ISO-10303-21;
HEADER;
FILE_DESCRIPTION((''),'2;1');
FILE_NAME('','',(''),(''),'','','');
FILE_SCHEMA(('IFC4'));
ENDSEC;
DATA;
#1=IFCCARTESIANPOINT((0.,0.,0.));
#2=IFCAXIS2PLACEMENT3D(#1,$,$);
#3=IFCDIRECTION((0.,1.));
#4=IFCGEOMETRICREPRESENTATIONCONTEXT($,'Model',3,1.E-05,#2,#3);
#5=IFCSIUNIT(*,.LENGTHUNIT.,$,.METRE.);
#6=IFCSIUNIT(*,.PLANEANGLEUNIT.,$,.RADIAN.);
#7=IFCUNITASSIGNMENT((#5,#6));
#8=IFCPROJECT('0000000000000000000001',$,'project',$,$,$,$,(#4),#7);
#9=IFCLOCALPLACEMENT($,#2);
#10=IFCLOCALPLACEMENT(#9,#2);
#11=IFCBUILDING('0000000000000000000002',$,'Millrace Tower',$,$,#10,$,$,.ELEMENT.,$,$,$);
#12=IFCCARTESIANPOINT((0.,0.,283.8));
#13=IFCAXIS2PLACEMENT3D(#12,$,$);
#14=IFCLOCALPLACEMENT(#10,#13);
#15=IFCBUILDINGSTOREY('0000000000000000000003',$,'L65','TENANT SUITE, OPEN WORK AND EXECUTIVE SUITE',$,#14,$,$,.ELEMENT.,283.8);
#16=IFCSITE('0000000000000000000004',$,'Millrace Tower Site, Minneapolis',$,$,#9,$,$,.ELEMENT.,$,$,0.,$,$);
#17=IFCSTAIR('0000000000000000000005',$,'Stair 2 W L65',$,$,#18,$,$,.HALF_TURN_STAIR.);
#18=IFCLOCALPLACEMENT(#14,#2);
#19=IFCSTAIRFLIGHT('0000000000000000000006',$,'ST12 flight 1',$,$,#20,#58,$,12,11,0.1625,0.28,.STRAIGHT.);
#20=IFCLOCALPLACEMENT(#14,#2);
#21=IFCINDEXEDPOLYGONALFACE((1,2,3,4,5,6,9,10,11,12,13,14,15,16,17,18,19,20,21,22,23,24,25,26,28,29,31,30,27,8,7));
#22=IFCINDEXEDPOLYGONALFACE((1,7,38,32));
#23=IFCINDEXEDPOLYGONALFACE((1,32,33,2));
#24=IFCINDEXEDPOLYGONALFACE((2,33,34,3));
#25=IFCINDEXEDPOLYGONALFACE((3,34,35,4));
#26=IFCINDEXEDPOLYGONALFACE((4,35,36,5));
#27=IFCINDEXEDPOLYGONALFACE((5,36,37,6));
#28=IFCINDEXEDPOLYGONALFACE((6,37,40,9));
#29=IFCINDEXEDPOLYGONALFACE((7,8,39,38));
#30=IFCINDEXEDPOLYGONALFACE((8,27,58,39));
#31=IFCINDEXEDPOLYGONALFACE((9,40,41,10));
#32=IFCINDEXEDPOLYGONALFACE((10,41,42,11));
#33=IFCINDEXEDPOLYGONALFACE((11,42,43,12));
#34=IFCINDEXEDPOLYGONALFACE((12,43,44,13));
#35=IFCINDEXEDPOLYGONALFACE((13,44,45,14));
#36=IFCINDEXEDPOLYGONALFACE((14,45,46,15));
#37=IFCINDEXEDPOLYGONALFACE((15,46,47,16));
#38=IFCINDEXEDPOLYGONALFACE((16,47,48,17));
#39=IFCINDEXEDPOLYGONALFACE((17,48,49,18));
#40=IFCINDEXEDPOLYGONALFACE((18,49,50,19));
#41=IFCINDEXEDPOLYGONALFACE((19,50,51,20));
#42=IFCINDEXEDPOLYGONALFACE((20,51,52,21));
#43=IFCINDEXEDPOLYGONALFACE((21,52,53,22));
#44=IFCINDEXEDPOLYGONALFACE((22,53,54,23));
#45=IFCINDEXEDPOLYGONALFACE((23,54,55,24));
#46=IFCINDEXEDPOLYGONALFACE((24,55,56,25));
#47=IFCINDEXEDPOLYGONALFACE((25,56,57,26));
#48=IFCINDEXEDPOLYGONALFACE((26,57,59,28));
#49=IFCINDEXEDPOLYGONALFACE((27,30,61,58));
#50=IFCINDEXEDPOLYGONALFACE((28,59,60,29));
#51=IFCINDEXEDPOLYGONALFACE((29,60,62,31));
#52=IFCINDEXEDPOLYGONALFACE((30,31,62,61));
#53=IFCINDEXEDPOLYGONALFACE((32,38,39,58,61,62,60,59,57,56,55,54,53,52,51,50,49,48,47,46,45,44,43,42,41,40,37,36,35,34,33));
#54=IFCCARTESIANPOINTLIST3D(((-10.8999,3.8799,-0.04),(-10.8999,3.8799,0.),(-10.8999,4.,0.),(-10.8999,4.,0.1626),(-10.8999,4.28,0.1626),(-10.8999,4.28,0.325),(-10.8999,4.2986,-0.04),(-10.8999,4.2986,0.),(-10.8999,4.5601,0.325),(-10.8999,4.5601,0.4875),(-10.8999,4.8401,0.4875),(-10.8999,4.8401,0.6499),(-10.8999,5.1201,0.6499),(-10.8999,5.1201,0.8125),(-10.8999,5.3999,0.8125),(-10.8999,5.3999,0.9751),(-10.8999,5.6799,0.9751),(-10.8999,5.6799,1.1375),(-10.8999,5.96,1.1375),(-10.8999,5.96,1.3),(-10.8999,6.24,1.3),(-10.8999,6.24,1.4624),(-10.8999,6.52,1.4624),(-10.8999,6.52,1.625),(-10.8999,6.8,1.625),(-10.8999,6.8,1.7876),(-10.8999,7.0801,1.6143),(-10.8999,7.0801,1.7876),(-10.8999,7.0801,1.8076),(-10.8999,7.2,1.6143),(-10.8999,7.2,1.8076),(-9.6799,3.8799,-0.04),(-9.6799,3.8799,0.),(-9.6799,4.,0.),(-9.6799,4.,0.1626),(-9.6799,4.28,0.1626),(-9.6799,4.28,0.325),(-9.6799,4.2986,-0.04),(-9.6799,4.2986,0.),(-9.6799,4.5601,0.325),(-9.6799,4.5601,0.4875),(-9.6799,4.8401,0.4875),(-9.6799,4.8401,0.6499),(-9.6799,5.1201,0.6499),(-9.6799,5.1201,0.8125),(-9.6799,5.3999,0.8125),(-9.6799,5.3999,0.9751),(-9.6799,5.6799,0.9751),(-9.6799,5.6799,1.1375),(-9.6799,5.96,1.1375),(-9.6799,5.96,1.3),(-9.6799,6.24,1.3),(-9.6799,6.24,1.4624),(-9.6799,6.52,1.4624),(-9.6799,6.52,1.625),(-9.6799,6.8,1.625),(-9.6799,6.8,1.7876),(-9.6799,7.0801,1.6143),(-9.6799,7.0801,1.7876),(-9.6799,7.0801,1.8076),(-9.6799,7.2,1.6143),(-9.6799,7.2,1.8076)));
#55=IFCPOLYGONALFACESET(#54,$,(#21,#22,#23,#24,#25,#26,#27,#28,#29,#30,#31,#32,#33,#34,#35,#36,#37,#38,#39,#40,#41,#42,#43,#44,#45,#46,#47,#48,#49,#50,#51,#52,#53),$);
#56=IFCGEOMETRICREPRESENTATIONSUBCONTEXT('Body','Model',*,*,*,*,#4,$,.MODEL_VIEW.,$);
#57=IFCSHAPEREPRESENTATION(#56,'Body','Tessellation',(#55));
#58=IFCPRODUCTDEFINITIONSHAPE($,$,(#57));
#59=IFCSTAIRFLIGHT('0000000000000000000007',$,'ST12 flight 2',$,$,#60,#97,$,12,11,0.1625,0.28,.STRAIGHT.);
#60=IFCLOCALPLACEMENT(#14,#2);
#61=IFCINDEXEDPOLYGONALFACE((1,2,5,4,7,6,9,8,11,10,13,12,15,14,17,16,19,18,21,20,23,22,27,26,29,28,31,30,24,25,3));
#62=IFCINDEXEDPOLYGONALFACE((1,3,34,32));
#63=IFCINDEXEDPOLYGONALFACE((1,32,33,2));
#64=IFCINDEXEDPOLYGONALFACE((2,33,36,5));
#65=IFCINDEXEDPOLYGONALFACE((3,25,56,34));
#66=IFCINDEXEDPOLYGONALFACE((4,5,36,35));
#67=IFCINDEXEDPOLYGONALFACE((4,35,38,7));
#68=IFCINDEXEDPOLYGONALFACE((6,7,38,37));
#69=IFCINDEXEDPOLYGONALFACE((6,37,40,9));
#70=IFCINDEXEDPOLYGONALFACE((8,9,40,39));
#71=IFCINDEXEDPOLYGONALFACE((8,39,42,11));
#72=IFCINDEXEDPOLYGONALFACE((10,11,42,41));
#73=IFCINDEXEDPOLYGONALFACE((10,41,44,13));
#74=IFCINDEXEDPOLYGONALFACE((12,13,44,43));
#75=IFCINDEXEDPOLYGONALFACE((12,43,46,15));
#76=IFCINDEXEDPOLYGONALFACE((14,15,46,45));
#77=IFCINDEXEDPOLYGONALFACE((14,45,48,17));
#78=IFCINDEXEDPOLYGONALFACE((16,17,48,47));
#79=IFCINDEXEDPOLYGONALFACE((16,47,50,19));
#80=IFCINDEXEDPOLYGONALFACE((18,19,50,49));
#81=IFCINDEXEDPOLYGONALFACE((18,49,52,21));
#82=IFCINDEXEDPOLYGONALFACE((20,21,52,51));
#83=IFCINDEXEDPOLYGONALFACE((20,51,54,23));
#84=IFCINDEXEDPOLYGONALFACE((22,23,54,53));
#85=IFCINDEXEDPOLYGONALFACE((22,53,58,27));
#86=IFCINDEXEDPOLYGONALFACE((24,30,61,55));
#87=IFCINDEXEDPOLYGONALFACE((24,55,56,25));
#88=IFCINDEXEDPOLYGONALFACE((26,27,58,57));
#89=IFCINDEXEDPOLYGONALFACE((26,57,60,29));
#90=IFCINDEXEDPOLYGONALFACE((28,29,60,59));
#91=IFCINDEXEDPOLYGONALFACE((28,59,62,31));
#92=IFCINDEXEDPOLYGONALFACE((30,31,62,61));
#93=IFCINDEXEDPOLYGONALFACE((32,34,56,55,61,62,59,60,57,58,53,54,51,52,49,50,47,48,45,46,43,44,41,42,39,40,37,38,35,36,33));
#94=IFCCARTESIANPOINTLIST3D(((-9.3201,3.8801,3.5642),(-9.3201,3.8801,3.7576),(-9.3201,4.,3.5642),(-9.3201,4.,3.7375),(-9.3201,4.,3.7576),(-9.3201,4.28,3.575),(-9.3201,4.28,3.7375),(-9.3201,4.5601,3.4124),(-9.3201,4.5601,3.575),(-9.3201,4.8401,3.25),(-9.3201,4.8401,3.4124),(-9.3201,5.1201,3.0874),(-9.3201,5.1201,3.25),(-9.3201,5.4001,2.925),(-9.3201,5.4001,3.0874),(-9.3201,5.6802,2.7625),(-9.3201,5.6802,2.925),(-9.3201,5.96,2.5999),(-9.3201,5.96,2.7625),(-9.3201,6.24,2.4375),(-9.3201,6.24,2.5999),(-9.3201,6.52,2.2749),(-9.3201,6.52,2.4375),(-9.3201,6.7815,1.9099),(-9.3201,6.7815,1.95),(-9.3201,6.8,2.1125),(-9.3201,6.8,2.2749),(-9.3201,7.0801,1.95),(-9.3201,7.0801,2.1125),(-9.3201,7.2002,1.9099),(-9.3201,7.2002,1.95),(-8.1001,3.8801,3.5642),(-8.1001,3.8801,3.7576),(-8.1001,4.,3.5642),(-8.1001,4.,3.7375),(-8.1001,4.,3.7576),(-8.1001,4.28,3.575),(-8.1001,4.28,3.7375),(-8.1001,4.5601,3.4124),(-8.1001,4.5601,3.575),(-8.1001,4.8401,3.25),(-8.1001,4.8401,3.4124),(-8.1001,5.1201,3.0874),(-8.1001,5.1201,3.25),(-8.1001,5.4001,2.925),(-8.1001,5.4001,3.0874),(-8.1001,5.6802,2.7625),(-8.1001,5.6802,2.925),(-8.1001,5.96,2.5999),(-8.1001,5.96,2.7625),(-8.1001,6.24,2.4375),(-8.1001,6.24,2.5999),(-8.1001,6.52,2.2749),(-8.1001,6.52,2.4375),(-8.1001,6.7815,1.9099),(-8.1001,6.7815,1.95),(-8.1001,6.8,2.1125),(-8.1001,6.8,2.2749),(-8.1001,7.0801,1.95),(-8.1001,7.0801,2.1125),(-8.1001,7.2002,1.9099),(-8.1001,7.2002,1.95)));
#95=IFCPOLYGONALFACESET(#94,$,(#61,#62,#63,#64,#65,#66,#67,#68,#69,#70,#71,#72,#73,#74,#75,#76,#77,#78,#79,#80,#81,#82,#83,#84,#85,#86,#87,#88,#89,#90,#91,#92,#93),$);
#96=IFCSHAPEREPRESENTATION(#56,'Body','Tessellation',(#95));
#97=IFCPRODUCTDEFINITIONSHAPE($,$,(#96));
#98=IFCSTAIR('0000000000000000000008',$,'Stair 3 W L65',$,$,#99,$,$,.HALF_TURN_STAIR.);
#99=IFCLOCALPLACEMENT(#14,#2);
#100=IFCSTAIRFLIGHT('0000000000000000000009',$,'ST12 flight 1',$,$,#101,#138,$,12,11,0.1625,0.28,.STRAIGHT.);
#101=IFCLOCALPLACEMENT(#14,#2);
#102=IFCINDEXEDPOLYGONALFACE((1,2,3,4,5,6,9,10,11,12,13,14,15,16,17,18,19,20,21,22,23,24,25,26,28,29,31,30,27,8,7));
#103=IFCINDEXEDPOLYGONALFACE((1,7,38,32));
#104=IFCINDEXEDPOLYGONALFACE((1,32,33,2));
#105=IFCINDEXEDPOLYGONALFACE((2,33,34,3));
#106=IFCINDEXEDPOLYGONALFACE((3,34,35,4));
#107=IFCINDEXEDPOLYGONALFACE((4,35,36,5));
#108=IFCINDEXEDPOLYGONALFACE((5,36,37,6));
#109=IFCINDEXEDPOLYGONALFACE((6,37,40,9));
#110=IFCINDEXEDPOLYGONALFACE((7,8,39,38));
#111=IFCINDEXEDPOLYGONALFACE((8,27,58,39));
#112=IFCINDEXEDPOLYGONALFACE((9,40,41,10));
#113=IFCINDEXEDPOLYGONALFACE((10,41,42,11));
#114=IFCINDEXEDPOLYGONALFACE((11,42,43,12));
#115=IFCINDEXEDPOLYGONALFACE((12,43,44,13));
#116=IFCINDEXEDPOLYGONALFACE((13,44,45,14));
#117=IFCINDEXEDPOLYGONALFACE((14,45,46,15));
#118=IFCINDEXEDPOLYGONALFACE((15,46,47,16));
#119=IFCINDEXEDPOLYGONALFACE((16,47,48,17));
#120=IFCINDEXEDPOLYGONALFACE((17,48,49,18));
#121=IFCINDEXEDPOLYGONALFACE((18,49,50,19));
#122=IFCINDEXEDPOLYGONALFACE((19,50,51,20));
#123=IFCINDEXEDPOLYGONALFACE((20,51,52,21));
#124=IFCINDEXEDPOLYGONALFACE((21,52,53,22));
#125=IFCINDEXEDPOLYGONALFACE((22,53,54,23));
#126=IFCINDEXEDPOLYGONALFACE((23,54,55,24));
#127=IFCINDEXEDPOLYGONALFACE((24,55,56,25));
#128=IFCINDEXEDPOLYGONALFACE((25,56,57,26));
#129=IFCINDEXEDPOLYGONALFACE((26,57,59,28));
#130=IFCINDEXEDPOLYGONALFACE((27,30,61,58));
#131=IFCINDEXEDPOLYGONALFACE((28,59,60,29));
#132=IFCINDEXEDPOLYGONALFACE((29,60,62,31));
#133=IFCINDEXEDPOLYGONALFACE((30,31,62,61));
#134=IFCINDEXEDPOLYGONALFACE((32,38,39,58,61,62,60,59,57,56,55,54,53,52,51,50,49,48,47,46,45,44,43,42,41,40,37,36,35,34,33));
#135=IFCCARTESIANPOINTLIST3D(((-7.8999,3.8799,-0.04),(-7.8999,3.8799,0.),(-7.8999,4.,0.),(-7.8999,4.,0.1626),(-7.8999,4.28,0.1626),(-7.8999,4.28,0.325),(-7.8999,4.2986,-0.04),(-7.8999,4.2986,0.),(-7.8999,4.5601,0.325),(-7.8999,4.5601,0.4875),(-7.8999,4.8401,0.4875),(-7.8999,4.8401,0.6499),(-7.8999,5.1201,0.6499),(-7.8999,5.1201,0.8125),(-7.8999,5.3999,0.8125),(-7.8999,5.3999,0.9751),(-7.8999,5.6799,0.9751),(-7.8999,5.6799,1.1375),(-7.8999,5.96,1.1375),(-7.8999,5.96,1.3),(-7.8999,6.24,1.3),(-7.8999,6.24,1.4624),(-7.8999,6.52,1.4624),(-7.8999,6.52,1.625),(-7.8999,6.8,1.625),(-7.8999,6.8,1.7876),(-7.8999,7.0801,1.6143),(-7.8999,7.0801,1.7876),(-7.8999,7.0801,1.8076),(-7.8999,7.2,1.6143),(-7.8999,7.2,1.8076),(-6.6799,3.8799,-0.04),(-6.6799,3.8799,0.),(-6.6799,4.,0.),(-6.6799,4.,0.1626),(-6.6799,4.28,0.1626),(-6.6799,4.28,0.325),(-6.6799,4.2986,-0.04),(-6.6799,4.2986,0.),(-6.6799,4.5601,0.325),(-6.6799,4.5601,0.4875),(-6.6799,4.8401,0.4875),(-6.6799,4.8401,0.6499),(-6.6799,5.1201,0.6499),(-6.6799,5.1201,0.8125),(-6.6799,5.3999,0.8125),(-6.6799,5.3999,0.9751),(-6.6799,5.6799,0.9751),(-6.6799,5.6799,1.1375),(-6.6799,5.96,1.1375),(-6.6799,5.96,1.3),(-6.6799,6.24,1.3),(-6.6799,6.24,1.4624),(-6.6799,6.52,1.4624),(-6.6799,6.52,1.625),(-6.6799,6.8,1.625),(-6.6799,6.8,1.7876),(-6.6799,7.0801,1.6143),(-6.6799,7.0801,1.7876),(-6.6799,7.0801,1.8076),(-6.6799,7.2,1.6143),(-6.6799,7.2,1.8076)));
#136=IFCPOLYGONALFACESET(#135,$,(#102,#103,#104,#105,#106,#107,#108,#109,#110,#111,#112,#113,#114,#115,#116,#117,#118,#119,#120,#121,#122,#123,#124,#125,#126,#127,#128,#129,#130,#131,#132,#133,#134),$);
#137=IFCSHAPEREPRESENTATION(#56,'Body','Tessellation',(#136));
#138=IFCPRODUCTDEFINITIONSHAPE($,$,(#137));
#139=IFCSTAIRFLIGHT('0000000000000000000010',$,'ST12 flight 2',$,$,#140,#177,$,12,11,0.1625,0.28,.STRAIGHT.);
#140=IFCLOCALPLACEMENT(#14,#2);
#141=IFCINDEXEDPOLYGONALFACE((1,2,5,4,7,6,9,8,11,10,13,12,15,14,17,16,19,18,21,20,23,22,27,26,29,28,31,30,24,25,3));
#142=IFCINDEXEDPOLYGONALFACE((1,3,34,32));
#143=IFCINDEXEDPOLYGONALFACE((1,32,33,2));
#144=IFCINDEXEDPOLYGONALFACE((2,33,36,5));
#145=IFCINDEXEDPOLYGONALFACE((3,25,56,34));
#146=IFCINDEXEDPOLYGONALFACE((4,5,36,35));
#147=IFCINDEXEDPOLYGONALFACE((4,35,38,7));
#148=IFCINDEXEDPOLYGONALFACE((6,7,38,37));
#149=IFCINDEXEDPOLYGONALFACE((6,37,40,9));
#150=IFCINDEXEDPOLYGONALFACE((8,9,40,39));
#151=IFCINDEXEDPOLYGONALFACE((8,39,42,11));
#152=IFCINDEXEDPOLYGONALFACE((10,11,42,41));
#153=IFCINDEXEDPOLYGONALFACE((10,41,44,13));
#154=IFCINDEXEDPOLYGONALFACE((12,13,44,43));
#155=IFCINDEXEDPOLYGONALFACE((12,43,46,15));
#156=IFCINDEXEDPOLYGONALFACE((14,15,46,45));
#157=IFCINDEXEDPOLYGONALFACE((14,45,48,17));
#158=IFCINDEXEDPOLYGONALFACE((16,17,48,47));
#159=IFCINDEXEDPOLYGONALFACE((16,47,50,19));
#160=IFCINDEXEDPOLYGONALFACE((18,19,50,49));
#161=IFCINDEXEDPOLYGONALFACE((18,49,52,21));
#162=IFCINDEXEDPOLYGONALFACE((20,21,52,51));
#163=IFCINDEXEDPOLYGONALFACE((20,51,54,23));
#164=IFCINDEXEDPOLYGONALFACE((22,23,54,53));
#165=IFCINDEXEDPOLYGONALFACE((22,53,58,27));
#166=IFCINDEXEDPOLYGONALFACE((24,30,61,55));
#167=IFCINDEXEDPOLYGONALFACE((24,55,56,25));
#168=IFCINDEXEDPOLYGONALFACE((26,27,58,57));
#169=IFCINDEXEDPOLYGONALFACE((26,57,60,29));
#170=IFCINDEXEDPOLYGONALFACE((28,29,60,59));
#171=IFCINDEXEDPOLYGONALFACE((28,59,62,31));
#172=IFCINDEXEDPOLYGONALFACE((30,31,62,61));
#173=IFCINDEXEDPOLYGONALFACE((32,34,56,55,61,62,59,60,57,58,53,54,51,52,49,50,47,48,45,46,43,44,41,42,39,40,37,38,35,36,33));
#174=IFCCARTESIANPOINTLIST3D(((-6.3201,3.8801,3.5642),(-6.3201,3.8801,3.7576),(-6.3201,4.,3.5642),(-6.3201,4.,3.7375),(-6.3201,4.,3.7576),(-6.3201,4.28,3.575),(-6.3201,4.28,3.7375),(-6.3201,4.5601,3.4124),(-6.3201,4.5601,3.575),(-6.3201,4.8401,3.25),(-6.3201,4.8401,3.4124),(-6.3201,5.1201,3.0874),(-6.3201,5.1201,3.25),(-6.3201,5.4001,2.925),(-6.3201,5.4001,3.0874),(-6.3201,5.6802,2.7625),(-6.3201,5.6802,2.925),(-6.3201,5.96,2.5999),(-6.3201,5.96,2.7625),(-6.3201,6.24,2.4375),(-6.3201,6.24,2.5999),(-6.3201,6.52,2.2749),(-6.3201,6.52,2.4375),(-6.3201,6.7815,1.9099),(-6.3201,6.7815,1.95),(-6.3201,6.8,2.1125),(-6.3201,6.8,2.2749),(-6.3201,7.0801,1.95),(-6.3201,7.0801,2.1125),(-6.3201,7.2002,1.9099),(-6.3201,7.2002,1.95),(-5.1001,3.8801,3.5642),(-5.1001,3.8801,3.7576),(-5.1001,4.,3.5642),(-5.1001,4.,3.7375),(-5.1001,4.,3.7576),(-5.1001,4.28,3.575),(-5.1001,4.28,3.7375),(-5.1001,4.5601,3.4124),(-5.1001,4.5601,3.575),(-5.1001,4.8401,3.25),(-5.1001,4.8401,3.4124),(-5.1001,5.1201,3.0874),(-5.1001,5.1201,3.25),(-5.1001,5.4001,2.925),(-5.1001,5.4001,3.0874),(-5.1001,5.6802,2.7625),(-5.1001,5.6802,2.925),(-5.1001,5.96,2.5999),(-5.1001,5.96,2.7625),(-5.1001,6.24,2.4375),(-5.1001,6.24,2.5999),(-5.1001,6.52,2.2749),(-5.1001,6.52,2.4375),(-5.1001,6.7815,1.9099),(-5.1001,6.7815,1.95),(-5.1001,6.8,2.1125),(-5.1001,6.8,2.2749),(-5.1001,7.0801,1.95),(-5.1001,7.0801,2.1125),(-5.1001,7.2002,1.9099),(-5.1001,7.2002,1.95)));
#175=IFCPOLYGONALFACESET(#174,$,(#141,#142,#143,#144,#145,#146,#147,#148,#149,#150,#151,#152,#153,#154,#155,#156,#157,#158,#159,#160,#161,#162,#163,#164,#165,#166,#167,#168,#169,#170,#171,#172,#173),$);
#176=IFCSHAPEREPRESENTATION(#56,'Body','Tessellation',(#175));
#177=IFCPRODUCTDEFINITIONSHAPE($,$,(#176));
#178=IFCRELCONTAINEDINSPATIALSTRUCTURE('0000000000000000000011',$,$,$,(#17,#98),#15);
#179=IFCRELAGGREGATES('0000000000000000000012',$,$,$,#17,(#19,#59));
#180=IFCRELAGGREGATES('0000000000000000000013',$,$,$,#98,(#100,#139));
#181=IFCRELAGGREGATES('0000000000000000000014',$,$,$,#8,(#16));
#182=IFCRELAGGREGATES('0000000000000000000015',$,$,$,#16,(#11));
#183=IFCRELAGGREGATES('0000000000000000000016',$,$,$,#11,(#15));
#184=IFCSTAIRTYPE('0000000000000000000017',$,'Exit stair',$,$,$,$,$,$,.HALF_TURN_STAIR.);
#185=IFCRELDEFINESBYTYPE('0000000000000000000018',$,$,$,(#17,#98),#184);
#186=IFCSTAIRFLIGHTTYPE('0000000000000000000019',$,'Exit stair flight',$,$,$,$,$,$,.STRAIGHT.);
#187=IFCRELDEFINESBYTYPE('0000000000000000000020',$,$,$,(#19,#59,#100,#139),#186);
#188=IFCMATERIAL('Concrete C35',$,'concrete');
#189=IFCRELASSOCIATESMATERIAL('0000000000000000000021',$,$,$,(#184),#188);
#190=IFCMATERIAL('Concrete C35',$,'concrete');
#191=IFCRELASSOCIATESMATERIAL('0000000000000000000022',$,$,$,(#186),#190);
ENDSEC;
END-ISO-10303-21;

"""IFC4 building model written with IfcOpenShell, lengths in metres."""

from ifc_helpers import new_model, si_unit, direction, frame, origin, place, context, subcontext, project, spatial, polyline, outline, extrude, material, type_object, element, aggregate, save


model = new_model("IFC4")

# Units and contexts
model_context = context("Model", 3, precision=1e-05, world=origin(), true_north=direction((0.0, 1.0)))
body_context = subcontext(model_context, "Body", "Model", "MODEL_VIEW")
ifc_project = project(units=[si_unit("LENGTHUNIT", "METRE"), si_unit("PLANEANGLEUNIT", "RADIAN")], contexts=[model_context])

# Site, building, storey
site_placement = place(None, origin())
site = spatial("IfcSite", under=ifc_project, at=site_placement, Name="Millrace Tower Site, Minneapolis", CompositionType="ELEMENT", RefElevation=0.0)
building_placement = place(site_placement, origin())
building = spatial("IfcBuilding", under=site, at=building_placement, Name="Millrace Tower", CompositionType="ELEMENT")
storey_placement = place(building_placement, frame((0.0, 0.0, 283.8)))
storey = spatial("IfcBuildingStorey", under=building, at=storey_placement, Name="L65", Description="TENANT SUITE, OPEN WORK AND EXECUTIVE SUITE", CompositionType="ELEMENT", Elevation=283.8)

# Shared definitions
ifc_material_1 = material(Name="Concrete C35", Category="concrete")
stair_type = type_object("IfcStairType", Name="Exit stair", PredefinedType="HALF_TURN_STAIR", material=ifc_material_1)
placement = place(storey_placement, origin())
ifc_material_2 = material(Name="Concrete C35", Category="concrete")
stair_flight_type = type_object("IfcStairFlightType", Name="Exit stair flight", PredefinedType="STRAIGHT", material=ifc_material_2)

# Stairs, stair flights
stair_1 = element("IfcStair", 1, at=placement, inside=storey, type_object=stair_type, Name="Stair 2 W L65", PredefinedType="HALF_TURN_STAIR")
stair_flight_1_placement = place(storey_placement, frame((-10.29, 4.0, 0.0), z_axis=(0.0, 0.0, 1.0), x_axis=(0.0, 1.0, 0.0)))
stair_flight_1 = element("IfcStairFlight", 2, at=stair_flight_1_placement, type_object=stair_flight_type, Name="ST12 flight 1", NumberOfRisers=12, NumberOfTreads=11, PredefinedType="STRAIGHT", RiserHeight=0.1625, TreadLength=0.28, context=body_context, shape_type="SweptSolid", body=[
    extrude(outline(polyline([(-0.1201, -0.04), (-0.1201, 0.0), (0.0, 0.0), (0.0, 0.1626), (0.28, 0.1626), (0.28, 0.325), (0.5601, 0.325), (0.5601, 0.4875), (0.8401, 0.4875), (0.8401, 0.6499), (1.1201, 0.6499), (1.1201, 0.8125), (1.3999, 0.8125), (1.3999, 0.9751), (1.6799, 0.9751), (1.6799, 1.1375), (1.96, 1.1375), (1.96, 1.3), (2.24, 1.3), (2.24, 1.4624), (2.52, 1.4624), (2.52, 1.625), (2.8, 1.625), (2.8, 1.7876), (3.0801, 1.7876), (3.0801, 1.8076), (3.2, 1.8076), (3.2, 1.6143), (3.0801, 1.6143), (0.2986, 0.0), (0.2986, -0.04), (-0.1201, -0.04)])), frame((0.0, 0.6099, 0.0), z_axis=(0.0, -1.0, 0.0), x_axis=(1.0, 0.0, 0.0)), (0.0, 0.0, 1.0), 1.22),
])
stair_flight_2_placement = place(storey_placement, frame((-8.71, 7.0801, 1.95), z_axis=(0.0, 0.0, 1.0), x_axis=(0.0, -1.0, 0.0)))
stair_flight_2 = element("IfcStairFlight", 3, at=stair_flight_2_placement, type_object=stair_flight_type, Name="ST12 flight 2", NumberOfRisers=12, NumberOfTreads=11, PredefinedType="STRAIGHT", RiserHeight=0.1625, TreadLength=0.28, context=body_context, shape_type="SweptSolid", body=[
    extrude(outline(polyline([(-0.1201, -0.04), (-0.1201, 0.0), (0.0, 0.0), (0.0, 0.1626), (0.28, 0.1626), (0.28, 0.325), (0.5601, 0.325), (0.5601, 0.4875), (0.8401, 0.4875), (0.8401, 0.6499), (1.1201, 0.6499), (1.1201, 0.8125), (1.3999, 0.8125), (1.3999, 0.9751), (1.6799, 0.9751), (1.6799, 1.1375), (1.96, 1.1375), (1.96, 1.3), (2.24, 1.3), (2.24, 1.4624), (2.52, 1.4624), (2.52, 1.625), (2.8, 1.625), (2.8, 1.7876), (3.0801, 1.7876), (3.0801, 1.8076), (3.2, 1.8076), (3.2, 1.6143), (3.0801, 1.6143), (0.2986, 0.0), (0.2986, -0.04), (-0.1201, -0.04)])), frame((0.0, 0.6099, 0.0), z_axis=(0.0, -1.0, 0.0), x_axis=(1.0, 0.0, 0.0)), (0.0, 0.0, 1.0), 1.22),
])
aggregate(stair_1, [stair_flight_1, stair_flight_2])
stair_2 = element("IfcStair", 4, at=placement, inside=storey, type_object=stair_type, Name="Stair 3 W L65", PredefinedType="HALF_TURN_STAIR")
stair_flight_3_placement = place(storey_placement, frame((-7.29, 4.0, 0.0), z_axis=(0.0, 0.0, 1.0), x_axis=(0.0, 1.0, 0.0)))
stair_flight_3 = element("IfcStairFlight", 5, at=stair_flight_3_placement, type_object=stair_flight_type, Name="ST12 flight 1", NumberOfRisers=12, NumberOfTreads=11, PredefinedType="STRAIGHT", RiserHeight=0.1625, TreadLength=0.28, context=body_context, shape_type="SweptSolid", body=[
    extrude(outline(polyline([(-0.1201, -0.04), (-0.1201, 0.0), (0.0, 0.0), (0.0, 0.1626), (0.28, 0.1626), (0.28, 0.325), (0.5601, 0.325), (0.5601, 0.4875), (0.8401, 0.4875), (0.8401, 0.6499), (1.1201, 0.6499), (1.1201, 0.8125), (1.3999, 0.8125), (1.3999, 0.9751), (1.6799, 0.9751), (1.6799, 1.1375), (1.96, 1.1375), (1.96, 1.3), (2.24, 1.3), (2.24, 1.4624), (2.52, 1.4624), (2.52, 1.625), (2.8, 1.625), (2.8, 1.7876), (3.0801, 1.7876), (3.0801, 1.8076), (3.2, 1.8076), (3.2, 1.6143), (3.0801, 1.6143), (0.2986, 0.0), (0.2986, -0.04), (-0.1201, -0.04)])), frame((0.0, 0.6099, 0.0), z_axis=(0.0, -1.0, 0.0), x_axis=(1.0, 0.0, 0.0)), (0.0, 0.0, 1.0), 1.22),
])
stair_flight_4_placement = place(storey_placement, frame((-5.71, 7.0801, 1.95), z_axis=(0.0, 0.0, 1.0), x_axis=(0.0, -1.0, 0.0)))
stair_flight_4 = element("IfcStairFlight", 6, at=stair_flight_4_placement, type_object=stair_flight_type, Name="ST12 flight 2", NumberOfRisers=12, NumberOfTreads=11, PredefinedType="STRAIGHT", RiserHeight=0.1625, TreadLength=0.28, context=body_context, shape_type="SweptSolid", body=[
    extrude(outline(polyline([(-0.1201, -0.04), (-0.1201, 0.0), (0.0, 0.0), (0.0, 0.1626), (0.28, 0.1626), (0.28, 0.325), (0.5601, 0.325), (0.5601, 0.4875), (0.8401, 0.4875), (0.8401, 0.6499), (1.1201, 0.6499), (1.1201, 0.8125), (1.3999, 0.8125), (1.3999, 0.9751), (1.6799, 0.9751), (1.6799, 1.1375), (1.96, 1.1375), (1.96, 1.3), (2.24, 1.3), (2.24, 1.4624), (2.52, 1.4624), (2.52, 1.625), (2.8, 1.625), (2.8, 1.7876), (3.0801, 1.7876), (3.0801, 1.8076), (3.2, 1.8076), (3.2, 1.6143), (3.0801, 1.6143), (0.2986, 0.0), (0.2986, -0.04), (-0.1201, -0.04)])), frame((0.0, 0.6099, 0.0), z_axis=(0.0, -1.0, 0.0), x_axis=(1.0, 0.0, 0.0)), (0.0, 0.0, 1.0), 1.22),
])
aggregate(stair_2, [stair_flight_3, stair_flight_4])

save(model, "model.ifc")
